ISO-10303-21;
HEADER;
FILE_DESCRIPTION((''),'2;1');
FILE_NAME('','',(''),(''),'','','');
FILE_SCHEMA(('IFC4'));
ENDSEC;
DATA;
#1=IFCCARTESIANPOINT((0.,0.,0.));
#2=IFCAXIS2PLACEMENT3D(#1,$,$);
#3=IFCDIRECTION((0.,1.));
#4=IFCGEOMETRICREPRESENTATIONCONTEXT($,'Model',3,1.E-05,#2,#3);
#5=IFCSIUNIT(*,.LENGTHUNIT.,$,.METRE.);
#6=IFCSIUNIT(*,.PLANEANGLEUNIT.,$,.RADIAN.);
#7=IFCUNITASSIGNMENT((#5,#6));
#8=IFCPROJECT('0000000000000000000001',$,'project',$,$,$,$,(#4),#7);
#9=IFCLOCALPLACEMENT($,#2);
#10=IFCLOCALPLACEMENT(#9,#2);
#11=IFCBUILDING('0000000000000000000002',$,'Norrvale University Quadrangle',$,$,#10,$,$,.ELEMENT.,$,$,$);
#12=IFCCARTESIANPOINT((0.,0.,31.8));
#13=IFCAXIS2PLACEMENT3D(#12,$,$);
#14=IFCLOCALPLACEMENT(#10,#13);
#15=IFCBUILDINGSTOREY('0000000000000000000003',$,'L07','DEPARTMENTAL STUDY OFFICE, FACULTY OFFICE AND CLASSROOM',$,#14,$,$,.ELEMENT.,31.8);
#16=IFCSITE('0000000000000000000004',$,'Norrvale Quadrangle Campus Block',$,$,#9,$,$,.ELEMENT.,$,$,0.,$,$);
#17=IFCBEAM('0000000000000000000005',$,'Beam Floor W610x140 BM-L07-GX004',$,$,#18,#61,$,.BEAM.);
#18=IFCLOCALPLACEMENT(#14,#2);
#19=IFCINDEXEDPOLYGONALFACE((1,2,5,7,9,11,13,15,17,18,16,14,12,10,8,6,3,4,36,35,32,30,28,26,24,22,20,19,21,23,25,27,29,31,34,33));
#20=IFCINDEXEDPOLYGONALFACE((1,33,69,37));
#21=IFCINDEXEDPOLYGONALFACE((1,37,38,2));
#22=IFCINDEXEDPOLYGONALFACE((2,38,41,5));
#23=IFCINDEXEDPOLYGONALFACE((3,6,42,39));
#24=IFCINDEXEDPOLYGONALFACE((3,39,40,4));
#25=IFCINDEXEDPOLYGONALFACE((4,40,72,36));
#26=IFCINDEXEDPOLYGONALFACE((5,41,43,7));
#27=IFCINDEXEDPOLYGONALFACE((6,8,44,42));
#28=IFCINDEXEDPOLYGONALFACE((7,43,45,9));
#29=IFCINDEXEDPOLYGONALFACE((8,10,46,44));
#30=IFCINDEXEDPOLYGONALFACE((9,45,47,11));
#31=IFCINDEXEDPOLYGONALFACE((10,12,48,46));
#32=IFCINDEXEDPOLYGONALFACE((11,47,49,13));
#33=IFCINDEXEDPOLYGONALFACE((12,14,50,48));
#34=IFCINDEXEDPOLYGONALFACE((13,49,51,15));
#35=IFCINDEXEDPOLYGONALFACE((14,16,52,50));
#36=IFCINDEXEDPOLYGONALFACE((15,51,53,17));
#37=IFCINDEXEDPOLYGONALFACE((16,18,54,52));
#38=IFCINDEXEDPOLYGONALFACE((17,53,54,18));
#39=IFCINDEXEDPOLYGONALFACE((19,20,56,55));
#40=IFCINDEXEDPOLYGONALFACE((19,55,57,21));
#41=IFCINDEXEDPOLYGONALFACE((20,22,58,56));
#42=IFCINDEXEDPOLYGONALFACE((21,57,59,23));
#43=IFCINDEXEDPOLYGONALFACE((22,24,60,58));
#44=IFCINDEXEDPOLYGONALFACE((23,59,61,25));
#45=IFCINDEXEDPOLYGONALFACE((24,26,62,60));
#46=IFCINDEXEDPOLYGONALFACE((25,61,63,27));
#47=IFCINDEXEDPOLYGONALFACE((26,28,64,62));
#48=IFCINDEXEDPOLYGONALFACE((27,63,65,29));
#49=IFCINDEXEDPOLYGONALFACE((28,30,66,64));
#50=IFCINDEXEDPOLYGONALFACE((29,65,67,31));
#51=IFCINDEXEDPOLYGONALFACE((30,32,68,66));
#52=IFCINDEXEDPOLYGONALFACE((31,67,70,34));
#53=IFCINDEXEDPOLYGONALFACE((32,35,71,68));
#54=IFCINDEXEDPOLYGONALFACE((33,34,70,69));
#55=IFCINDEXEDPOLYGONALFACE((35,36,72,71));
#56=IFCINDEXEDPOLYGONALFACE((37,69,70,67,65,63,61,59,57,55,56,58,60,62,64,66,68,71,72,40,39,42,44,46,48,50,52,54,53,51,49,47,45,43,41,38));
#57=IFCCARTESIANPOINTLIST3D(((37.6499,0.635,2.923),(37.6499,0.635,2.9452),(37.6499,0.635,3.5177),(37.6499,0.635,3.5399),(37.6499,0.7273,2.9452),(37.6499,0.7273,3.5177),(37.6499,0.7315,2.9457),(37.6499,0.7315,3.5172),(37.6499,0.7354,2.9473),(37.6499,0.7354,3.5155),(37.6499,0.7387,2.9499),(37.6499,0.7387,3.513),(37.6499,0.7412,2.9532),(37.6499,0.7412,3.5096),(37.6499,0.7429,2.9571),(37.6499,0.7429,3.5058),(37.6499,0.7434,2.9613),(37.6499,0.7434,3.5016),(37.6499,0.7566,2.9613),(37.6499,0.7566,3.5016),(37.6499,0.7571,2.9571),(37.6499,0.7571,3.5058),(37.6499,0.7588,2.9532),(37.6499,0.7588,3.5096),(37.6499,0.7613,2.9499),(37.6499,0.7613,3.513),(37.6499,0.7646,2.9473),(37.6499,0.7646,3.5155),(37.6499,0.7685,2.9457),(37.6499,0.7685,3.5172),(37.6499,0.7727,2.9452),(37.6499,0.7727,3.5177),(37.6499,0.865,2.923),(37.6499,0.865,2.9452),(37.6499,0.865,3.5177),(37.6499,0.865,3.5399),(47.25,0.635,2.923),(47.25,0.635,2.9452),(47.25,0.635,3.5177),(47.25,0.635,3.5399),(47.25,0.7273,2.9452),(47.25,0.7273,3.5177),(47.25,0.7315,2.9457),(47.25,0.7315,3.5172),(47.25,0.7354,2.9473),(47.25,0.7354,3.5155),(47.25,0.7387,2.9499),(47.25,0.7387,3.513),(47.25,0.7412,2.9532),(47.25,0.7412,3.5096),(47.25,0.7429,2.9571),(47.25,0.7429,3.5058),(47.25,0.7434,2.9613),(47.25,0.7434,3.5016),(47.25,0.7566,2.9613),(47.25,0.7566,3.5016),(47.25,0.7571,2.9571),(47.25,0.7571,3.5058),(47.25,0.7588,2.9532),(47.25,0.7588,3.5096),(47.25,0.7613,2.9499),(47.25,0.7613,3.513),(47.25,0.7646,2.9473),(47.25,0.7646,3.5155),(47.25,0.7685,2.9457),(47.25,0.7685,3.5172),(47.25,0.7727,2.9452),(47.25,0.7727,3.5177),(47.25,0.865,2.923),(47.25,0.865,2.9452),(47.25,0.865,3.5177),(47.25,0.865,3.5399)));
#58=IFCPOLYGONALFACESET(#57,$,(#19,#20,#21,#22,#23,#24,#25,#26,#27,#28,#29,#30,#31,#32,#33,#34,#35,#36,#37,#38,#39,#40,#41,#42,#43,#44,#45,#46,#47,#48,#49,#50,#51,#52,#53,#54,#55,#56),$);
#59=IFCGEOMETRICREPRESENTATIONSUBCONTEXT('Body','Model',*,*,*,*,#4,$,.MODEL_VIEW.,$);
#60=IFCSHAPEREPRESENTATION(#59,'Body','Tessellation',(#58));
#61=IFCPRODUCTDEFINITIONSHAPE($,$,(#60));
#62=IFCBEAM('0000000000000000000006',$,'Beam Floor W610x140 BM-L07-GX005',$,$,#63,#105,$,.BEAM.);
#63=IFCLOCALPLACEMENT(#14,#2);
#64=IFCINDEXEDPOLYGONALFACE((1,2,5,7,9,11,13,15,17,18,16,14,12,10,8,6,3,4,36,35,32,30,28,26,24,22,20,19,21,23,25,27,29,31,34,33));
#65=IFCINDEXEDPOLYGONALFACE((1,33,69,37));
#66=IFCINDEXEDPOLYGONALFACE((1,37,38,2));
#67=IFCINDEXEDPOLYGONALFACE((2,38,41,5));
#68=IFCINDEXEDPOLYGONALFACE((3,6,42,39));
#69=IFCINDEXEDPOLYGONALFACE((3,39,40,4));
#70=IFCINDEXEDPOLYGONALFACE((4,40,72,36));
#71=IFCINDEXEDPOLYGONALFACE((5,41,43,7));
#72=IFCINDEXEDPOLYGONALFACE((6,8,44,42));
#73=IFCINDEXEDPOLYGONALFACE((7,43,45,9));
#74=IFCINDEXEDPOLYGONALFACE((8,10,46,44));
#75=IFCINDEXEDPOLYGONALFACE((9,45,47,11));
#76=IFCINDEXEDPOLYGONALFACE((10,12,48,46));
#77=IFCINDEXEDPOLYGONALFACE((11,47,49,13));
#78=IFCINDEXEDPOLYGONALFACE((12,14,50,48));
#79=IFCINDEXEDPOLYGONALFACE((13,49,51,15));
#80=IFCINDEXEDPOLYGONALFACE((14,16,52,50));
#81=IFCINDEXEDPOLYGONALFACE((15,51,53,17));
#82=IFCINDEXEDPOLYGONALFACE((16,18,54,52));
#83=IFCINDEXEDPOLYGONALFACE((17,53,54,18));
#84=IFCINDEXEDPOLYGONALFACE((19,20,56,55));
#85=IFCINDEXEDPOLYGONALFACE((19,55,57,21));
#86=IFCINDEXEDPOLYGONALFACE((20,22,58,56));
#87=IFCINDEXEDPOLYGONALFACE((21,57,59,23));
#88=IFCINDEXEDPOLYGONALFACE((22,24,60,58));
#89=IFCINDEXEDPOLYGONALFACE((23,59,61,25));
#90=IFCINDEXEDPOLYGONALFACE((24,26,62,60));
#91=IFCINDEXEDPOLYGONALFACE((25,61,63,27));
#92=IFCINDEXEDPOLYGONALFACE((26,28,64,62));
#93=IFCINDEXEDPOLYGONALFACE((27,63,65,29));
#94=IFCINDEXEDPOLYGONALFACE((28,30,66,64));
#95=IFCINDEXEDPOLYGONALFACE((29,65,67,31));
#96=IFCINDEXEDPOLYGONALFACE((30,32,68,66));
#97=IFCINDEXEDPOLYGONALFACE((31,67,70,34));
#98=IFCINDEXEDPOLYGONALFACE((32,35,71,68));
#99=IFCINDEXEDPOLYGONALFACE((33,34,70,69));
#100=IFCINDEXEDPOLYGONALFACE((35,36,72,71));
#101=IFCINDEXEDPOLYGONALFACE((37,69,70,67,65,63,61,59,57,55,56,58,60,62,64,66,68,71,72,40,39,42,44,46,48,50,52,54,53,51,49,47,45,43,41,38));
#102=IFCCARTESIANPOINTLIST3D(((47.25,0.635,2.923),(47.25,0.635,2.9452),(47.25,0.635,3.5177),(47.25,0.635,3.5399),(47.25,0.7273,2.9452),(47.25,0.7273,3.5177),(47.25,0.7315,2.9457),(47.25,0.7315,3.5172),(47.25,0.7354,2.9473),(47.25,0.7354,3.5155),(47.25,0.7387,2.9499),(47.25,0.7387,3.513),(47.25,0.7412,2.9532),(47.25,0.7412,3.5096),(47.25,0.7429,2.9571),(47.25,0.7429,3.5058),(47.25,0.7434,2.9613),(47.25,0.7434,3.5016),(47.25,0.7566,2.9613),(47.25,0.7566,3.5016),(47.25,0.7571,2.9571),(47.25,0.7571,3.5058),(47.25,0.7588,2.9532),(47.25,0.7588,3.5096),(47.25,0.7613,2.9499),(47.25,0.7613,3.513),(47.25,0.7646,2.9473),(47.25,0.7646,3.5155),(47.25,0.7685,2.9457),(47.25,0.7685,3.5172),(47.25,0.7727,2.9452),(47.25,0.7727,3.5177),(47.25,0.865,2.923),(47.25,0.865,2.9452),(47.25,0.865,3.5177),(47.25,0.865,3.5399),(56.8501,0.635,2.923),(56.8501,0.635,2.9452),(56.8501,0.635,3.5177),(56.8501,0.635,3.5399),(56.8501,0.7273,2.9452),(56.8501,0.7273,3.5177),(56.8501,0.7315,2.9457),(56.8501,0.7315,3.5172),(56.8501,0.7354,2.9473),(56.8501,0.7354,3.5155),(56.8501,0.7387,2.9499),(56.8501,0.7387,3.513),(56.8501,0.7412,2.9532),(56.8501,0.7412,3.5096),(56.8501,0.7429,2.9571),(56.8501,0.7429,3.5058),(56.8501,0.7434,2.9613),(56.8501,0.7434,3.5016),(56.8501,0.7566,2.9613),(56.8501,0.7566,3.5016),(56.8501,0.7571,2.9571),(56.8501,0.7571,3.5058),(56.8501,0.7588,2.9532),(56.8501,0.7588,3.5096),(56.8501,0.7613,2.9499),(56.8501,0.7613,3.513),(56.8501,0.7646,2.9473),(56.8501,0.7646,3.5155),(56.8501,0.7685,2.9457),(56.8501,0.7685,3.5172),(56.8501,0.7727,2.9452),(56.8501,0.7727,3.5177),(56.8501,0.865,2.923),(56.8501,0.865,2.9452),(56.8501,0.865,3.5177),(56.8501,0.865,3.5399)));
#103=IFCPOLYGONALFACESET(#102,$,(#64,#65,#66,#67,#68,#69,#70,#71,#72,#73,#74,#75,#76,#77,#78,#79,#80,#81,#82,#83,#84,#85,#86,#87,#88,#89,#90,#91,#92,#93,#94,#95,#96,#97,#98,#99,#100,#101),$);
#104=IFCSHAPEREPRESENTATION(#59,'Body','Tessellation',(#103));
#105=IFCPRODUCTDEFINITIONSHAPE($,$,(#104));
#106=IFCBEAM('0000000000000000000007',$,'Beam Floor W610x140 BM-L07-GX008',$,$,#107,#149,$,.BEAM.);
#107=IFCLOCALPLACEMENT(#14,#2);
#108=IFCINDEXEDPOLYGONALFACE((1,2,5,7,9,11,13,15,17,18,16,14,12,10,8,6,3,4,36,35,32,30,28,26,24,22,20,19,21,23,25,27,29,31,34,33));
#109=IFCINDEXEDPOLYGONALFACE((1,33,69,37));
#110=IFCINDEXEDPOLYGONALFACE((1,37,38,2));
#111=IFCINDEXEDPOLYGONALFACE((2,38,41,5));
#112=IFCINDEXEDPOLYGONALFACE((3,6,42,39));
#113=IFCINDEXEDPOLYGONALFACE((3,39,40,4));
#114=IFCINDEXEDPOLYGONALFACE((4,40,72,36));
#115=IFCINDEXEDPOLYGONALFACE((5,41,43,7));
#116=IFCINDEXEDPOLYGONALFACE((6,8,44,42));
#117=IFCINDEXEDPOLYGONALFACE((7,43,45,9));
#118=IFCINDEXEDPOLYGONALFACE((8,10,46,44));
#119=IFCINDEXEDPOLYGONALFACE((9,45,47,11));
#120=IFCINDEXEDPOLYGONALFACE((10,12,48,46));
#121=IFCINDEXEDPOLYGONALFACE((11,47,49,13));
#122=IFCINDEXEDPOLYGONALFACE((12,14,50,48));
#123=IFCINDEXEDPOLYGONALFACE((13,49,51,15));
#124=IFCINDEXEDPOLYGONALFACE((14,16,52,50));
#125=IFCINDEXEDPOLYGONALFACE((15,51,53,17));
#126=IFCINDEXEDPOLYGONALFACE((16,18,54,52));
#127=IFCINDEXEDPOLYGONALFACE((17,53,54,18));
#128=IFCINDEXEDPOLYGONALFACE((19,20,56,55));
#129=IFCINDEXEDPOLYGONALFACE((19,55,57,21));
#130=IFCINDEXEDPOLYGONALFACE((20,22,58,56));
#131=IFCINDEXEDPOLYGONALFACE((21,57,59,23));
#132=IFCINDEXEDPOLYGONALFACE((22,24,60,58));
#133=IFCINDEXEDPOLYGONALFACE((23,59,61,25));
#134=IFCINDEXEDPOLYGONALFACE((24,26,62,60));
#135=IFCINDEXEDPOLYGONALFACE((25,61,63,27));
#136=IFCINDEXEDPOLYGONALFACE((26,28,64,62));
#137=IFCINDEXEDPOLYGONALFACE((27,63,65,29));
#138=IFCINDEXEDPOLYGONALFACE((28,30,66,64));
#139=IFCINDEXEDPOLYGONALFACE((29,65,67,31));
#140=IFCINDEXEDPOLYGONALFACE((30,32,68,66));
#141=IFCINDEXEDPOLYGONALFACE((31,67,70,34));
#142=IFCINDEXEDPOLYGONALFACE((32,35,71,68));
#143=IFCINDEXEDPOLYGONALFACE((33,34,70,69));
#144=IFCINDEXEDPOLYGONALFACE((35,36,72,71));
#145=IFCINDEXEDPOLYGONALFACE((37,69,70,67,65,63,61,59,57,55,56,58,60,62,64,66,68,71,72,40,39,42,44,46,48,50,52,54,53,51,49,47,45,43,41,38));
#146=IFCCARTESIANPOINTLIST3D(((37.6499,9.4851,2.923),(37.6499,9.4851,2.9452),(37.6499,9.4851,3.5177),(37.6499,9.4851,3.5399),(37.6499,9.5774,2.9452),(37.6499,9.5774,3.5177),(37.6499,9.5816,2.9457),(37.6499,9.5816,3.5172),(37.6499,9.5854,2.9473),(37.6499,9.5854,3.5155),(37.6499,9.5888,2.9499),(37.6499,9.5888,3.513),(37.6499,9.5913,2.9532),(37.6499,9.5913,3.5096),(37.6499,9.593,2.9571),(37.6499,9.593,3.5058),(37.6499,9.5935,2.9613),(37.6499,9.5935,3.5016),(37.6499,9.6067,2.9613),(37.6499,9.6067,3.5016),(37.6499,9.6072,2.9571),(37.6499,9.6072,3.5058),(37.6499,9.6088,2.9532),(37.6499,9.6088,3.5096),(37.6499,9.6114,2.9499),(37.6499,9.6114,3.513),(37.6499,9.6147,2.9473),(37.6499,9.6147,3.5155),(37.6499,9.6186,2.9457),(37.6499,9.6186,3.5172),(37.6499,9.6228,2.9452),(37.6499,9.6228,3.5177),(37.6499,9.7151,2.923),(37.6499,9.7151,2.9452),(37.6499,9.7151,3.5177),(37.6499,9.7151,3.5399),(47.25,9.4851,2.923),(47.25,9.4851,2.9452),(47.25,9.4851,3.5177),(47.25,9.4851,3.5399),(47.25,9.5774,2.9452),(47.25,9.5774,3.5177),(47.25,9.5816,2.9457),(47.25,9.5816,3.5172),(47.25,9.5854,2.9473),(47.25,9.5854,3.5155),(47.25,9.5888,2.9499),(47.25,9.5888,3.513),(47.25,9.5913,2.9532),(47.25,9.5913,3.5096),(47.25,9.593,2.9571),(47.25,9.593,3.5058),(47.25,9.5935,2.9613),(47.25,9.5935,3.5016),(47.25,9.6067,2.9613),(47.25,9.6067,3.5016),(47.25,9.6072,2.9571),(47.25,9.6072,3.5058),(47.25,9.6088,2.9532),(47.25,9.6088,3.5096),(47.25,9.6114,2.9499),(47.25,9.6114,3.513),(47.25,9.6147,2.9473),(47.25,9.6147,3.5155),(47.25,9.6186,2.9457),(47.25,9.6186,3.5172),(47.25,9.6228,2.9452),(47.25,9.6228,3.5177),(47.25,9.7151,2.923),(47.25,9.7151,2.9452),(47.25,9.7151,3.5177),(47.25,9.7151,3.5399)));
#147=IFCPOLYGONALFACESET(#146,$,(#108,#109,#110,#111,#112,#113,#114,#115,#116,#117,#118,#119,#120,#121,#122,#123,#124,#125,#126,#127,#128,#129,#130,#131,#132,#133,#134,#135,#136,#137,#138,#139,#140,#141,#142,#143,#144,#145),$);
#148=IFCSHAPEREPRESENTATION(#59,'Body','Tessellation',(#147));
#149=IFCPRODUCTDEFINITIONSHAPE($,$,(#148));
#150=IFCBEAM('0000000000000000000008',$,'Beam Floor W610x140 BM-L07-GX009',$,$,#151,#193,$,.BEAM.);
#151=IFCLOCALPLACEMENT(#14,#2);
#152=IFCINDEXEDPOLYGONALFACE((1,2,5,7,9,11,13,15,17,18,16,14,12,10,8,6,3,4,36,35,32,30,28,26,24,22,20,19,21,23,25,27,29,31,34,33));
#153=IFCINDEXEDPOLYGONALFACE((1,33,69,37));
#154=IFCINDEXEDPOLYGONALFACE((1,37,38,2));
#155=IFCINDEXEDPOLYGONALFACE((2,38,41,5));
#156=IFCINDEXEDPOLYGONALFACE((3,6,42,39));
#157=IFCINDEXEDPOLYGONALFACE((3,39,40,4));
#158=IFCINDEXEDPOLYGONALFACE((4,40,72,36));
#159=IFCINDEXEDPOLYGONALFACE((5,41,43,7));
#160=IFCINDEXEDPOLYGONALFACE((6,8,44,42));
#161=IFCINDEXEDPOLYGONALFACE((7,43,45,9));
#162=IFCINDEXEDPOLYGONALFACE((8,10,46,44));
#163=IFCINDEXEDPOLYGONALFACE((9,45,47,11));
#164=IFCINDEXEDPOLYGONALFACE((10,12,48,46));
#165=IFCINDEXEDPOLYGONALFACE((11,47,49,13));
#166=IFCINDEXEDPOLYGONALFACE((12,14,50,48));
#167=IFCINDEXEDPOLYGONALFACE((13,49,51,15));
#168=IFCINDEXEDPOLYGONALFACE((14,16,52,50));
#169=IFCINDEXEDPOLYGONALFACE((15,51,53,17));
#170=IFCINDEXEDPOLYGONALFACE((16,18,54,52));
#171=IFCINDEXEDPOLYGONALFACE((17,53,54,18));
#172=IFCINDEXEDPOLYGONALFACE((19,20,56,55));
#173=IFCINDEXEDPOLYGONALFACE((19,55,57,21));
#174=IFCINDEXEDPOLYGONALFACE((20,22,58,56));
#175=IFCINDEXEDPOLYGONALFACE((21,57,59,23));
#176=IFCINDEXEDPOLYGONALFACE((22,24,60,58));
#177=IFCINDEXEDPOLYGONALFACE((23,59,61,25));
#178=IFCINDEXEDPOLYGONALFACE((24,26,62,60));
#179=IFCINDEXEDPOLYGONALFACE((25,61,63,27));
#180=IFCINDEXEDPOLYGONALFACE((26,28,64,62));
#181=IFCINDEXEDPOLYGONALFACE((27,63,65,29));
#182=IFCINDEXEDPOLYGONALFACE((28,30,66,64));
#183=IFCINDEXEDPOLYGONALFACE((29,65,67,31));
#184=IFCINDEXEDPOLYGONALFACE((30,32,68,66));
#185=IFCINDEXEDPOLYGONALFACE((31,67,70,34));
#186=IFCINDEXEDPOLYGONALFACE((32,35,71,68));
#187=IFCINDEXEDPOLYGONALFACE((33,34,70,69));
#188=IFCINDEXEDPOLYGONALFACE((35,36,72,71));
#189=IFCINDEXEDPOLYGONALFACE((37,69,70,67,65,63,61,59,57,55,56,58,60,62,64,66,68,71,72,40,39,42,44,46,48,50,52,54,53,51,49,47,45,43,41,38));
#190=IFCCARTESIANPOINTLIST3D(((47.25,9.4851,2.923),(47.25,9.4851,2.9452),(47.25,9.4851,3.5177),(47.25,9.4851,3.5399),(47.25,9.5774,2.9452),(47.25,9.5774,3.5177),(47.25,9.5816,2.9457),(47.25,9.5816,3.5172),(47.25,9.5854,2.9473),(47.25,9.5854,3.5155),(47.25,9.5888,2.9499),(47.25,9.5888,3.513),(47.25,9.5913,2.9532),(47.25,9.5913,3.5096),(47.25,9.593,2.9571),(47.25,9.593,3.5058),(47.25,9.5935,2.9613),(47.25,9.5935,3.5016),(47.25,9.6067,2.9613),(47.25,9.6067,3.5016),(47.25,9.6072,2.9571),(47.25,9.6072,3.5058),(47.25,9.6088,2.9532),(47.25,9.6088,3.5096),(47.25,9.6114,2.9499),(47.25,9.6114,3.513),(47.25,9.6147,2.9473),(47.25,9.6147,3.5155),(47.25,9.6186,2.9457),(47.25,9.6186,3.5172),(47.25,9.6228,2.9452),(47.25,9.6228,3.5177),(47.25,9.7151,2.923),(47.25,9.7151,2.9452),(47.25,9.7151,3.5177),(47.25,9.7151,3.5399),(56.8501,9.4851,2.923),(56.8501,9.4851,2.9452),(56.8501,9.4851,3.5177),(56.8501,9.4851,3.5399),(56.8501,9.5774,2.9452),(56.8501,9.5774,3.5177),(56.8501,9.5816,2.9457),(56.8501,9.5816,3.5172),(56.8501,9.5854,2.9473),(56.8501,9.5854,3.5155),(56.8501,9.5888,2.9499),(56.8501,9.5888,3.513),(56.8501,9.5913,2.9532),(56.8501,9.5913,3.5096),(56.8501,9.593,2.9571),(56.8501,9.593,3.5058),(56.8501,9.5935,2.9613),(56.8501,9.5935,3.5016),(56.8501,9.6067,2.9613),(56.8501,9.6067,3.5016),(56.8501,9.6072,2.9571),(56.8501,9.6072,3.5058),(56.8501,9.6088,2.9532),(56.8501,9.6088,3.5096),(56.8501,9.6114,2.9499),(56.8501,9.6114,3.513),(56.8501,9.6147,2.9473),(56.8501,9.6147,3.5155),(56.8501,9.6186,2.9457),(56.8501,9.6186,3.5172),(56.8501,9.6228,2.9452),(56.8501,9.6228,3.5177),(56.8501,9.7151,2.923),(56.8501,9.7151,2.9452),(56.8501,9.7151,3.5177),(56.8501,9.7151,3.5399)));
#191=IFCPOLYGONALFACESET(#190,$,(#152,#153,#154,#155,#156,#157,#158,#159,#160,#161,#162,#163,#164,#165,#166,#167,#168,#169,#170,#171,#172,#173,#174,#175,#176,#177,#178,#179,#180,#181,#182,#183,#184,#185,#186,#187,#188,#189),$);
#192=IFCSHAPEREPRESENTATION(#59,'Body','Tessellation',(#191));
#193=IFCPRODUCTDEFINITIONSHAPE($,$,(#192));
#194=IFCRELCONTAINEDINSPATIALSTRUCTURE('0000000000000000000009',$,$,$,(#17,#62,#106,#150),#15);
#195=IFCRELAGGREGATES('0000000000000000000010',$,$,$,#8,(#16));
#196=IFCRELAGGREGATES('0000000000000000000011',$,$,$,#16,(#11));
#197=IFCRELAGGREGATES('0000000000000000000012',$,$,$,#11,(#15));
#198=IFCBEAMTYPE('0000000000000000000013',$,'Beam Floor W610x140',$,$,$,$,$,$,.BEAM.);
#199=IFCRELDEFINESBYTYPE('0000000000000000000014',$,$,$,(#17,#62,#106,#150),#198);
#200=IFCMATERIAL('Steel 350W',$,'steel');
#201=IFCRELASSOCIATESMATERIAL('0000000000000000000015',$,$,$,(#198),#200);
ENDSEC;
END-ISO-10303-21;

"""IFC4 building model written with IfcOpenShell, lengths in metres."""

from ifc_helpers import new_model, si_unit, direction, frame, origin, origin_2d, place, context, subcontext, project, spatial, i_section, extrude, material, material_profile, profile_set, type_object, element, save


model = new_model("IFC4")

# Units and contexts
model_context = context("Model", 3, precision=1e-05, world=origin(), true_north=direction((0.0, 1.0)))
body_context = subcontext(model_context, "Body", "Model", "MODEL_VIEW")
ifc_project = project(units=[si_unit("LENGTHUNIT", "METRE"), si_unit("PLANEANGLEUNIT", "RADIAN")], contexts=[model_context])

# Site, building, storey
site_placement = place(None, origin())
site = spatial("IfcSite", under=ifc_project, at=site_placement, Name="Norrvale Quadrangle Campus Block", CompositionType="ELEMENT", RefElevation=0.0)
building_placement = place(site_placement, origin())
building = spatial("IfcBuilding", under=site, at=building_placement, Name="Norrvale University Quadrangle", CompositionType="ELEMENT")
storey_placement = place(building_placement, frame((0.0, 0.0, 31.8)))
storey = spatial("IfcBuildingStorey", under=building, at=storey_placement, Name="L07", Description="DEPARTMENTAL STUDY OFFICE, FACULTY OFFICE AND CLASSROOM", CompositionType="ELEMENT", Elevation=31.8)

# Beams
ifc_material_1 = material(Name="Steel 350W", Category="steel")
ifc_material_profile_1 = material_profile(ifc_material_1, i_section(OverallWidth=0.23, OverallDepth=0.6169, WebThickness=0.0132, FlangeThickness=0.0222, FilletRadius=0.0161, at=origin_2d()), Name="Steel 350W")
ifc_profile_set_1 = profile_set([ifc_material_profile_1], Name="Steel 350W")
beam_type_1 = type_object("IfcBeamType", Name="Beam Floor W610x140", PredefinedType="BEAM", material=ifc_profile_set_1)
for number, where, z_axis, x_axis, name in (
    (1, (37.6499, 0.75, 3.2314), (1.0, 0.0, 0.0), (0.0, 1.0, 0.0), "Beam Floor W610x140 BM-L07-GX004"),
    (2, (47.25, 0.75, 3.2314), (1.0, 0.0, 0.0), (0.0, 1.0, 0.0), "Beam Floor W610x140 BM-L07-GX005"),
    (3, (37.6499, 9.6001, 3.2314), (1.0, 0.0, 0.0), (0.0, 1.0, 0.0), "Beam Floor W610x140 BM-L07-GX008"),
    (4, (47.25, 9.6001, 3.2314), (1.0, 0.0, 0.0), (0.0, 1.0, 0.0), "Beam Floor W610x140 BM-L07-GX009"),
):
    element("IfcBeam", number, at=place(storey_placement, frame(where, z_axis=z_axis, x_axis=x_axis)), inside=storey, type_object=beam_type_1, Name=name, PredefinedType="BEAM", context=body_context, shape_type="SweptSolid", body=[
        extrude(i_section(OverallWidth=0.23, OverallDepth=0.6169, WebThickness=0.0132, FlangeThickness=0.0222, FilletRadius=0.0161, at=origin_2d()), origin(), (0.0, 0.0, 1.0), 9.6001),
    ])

save(model, "model.ifc")
